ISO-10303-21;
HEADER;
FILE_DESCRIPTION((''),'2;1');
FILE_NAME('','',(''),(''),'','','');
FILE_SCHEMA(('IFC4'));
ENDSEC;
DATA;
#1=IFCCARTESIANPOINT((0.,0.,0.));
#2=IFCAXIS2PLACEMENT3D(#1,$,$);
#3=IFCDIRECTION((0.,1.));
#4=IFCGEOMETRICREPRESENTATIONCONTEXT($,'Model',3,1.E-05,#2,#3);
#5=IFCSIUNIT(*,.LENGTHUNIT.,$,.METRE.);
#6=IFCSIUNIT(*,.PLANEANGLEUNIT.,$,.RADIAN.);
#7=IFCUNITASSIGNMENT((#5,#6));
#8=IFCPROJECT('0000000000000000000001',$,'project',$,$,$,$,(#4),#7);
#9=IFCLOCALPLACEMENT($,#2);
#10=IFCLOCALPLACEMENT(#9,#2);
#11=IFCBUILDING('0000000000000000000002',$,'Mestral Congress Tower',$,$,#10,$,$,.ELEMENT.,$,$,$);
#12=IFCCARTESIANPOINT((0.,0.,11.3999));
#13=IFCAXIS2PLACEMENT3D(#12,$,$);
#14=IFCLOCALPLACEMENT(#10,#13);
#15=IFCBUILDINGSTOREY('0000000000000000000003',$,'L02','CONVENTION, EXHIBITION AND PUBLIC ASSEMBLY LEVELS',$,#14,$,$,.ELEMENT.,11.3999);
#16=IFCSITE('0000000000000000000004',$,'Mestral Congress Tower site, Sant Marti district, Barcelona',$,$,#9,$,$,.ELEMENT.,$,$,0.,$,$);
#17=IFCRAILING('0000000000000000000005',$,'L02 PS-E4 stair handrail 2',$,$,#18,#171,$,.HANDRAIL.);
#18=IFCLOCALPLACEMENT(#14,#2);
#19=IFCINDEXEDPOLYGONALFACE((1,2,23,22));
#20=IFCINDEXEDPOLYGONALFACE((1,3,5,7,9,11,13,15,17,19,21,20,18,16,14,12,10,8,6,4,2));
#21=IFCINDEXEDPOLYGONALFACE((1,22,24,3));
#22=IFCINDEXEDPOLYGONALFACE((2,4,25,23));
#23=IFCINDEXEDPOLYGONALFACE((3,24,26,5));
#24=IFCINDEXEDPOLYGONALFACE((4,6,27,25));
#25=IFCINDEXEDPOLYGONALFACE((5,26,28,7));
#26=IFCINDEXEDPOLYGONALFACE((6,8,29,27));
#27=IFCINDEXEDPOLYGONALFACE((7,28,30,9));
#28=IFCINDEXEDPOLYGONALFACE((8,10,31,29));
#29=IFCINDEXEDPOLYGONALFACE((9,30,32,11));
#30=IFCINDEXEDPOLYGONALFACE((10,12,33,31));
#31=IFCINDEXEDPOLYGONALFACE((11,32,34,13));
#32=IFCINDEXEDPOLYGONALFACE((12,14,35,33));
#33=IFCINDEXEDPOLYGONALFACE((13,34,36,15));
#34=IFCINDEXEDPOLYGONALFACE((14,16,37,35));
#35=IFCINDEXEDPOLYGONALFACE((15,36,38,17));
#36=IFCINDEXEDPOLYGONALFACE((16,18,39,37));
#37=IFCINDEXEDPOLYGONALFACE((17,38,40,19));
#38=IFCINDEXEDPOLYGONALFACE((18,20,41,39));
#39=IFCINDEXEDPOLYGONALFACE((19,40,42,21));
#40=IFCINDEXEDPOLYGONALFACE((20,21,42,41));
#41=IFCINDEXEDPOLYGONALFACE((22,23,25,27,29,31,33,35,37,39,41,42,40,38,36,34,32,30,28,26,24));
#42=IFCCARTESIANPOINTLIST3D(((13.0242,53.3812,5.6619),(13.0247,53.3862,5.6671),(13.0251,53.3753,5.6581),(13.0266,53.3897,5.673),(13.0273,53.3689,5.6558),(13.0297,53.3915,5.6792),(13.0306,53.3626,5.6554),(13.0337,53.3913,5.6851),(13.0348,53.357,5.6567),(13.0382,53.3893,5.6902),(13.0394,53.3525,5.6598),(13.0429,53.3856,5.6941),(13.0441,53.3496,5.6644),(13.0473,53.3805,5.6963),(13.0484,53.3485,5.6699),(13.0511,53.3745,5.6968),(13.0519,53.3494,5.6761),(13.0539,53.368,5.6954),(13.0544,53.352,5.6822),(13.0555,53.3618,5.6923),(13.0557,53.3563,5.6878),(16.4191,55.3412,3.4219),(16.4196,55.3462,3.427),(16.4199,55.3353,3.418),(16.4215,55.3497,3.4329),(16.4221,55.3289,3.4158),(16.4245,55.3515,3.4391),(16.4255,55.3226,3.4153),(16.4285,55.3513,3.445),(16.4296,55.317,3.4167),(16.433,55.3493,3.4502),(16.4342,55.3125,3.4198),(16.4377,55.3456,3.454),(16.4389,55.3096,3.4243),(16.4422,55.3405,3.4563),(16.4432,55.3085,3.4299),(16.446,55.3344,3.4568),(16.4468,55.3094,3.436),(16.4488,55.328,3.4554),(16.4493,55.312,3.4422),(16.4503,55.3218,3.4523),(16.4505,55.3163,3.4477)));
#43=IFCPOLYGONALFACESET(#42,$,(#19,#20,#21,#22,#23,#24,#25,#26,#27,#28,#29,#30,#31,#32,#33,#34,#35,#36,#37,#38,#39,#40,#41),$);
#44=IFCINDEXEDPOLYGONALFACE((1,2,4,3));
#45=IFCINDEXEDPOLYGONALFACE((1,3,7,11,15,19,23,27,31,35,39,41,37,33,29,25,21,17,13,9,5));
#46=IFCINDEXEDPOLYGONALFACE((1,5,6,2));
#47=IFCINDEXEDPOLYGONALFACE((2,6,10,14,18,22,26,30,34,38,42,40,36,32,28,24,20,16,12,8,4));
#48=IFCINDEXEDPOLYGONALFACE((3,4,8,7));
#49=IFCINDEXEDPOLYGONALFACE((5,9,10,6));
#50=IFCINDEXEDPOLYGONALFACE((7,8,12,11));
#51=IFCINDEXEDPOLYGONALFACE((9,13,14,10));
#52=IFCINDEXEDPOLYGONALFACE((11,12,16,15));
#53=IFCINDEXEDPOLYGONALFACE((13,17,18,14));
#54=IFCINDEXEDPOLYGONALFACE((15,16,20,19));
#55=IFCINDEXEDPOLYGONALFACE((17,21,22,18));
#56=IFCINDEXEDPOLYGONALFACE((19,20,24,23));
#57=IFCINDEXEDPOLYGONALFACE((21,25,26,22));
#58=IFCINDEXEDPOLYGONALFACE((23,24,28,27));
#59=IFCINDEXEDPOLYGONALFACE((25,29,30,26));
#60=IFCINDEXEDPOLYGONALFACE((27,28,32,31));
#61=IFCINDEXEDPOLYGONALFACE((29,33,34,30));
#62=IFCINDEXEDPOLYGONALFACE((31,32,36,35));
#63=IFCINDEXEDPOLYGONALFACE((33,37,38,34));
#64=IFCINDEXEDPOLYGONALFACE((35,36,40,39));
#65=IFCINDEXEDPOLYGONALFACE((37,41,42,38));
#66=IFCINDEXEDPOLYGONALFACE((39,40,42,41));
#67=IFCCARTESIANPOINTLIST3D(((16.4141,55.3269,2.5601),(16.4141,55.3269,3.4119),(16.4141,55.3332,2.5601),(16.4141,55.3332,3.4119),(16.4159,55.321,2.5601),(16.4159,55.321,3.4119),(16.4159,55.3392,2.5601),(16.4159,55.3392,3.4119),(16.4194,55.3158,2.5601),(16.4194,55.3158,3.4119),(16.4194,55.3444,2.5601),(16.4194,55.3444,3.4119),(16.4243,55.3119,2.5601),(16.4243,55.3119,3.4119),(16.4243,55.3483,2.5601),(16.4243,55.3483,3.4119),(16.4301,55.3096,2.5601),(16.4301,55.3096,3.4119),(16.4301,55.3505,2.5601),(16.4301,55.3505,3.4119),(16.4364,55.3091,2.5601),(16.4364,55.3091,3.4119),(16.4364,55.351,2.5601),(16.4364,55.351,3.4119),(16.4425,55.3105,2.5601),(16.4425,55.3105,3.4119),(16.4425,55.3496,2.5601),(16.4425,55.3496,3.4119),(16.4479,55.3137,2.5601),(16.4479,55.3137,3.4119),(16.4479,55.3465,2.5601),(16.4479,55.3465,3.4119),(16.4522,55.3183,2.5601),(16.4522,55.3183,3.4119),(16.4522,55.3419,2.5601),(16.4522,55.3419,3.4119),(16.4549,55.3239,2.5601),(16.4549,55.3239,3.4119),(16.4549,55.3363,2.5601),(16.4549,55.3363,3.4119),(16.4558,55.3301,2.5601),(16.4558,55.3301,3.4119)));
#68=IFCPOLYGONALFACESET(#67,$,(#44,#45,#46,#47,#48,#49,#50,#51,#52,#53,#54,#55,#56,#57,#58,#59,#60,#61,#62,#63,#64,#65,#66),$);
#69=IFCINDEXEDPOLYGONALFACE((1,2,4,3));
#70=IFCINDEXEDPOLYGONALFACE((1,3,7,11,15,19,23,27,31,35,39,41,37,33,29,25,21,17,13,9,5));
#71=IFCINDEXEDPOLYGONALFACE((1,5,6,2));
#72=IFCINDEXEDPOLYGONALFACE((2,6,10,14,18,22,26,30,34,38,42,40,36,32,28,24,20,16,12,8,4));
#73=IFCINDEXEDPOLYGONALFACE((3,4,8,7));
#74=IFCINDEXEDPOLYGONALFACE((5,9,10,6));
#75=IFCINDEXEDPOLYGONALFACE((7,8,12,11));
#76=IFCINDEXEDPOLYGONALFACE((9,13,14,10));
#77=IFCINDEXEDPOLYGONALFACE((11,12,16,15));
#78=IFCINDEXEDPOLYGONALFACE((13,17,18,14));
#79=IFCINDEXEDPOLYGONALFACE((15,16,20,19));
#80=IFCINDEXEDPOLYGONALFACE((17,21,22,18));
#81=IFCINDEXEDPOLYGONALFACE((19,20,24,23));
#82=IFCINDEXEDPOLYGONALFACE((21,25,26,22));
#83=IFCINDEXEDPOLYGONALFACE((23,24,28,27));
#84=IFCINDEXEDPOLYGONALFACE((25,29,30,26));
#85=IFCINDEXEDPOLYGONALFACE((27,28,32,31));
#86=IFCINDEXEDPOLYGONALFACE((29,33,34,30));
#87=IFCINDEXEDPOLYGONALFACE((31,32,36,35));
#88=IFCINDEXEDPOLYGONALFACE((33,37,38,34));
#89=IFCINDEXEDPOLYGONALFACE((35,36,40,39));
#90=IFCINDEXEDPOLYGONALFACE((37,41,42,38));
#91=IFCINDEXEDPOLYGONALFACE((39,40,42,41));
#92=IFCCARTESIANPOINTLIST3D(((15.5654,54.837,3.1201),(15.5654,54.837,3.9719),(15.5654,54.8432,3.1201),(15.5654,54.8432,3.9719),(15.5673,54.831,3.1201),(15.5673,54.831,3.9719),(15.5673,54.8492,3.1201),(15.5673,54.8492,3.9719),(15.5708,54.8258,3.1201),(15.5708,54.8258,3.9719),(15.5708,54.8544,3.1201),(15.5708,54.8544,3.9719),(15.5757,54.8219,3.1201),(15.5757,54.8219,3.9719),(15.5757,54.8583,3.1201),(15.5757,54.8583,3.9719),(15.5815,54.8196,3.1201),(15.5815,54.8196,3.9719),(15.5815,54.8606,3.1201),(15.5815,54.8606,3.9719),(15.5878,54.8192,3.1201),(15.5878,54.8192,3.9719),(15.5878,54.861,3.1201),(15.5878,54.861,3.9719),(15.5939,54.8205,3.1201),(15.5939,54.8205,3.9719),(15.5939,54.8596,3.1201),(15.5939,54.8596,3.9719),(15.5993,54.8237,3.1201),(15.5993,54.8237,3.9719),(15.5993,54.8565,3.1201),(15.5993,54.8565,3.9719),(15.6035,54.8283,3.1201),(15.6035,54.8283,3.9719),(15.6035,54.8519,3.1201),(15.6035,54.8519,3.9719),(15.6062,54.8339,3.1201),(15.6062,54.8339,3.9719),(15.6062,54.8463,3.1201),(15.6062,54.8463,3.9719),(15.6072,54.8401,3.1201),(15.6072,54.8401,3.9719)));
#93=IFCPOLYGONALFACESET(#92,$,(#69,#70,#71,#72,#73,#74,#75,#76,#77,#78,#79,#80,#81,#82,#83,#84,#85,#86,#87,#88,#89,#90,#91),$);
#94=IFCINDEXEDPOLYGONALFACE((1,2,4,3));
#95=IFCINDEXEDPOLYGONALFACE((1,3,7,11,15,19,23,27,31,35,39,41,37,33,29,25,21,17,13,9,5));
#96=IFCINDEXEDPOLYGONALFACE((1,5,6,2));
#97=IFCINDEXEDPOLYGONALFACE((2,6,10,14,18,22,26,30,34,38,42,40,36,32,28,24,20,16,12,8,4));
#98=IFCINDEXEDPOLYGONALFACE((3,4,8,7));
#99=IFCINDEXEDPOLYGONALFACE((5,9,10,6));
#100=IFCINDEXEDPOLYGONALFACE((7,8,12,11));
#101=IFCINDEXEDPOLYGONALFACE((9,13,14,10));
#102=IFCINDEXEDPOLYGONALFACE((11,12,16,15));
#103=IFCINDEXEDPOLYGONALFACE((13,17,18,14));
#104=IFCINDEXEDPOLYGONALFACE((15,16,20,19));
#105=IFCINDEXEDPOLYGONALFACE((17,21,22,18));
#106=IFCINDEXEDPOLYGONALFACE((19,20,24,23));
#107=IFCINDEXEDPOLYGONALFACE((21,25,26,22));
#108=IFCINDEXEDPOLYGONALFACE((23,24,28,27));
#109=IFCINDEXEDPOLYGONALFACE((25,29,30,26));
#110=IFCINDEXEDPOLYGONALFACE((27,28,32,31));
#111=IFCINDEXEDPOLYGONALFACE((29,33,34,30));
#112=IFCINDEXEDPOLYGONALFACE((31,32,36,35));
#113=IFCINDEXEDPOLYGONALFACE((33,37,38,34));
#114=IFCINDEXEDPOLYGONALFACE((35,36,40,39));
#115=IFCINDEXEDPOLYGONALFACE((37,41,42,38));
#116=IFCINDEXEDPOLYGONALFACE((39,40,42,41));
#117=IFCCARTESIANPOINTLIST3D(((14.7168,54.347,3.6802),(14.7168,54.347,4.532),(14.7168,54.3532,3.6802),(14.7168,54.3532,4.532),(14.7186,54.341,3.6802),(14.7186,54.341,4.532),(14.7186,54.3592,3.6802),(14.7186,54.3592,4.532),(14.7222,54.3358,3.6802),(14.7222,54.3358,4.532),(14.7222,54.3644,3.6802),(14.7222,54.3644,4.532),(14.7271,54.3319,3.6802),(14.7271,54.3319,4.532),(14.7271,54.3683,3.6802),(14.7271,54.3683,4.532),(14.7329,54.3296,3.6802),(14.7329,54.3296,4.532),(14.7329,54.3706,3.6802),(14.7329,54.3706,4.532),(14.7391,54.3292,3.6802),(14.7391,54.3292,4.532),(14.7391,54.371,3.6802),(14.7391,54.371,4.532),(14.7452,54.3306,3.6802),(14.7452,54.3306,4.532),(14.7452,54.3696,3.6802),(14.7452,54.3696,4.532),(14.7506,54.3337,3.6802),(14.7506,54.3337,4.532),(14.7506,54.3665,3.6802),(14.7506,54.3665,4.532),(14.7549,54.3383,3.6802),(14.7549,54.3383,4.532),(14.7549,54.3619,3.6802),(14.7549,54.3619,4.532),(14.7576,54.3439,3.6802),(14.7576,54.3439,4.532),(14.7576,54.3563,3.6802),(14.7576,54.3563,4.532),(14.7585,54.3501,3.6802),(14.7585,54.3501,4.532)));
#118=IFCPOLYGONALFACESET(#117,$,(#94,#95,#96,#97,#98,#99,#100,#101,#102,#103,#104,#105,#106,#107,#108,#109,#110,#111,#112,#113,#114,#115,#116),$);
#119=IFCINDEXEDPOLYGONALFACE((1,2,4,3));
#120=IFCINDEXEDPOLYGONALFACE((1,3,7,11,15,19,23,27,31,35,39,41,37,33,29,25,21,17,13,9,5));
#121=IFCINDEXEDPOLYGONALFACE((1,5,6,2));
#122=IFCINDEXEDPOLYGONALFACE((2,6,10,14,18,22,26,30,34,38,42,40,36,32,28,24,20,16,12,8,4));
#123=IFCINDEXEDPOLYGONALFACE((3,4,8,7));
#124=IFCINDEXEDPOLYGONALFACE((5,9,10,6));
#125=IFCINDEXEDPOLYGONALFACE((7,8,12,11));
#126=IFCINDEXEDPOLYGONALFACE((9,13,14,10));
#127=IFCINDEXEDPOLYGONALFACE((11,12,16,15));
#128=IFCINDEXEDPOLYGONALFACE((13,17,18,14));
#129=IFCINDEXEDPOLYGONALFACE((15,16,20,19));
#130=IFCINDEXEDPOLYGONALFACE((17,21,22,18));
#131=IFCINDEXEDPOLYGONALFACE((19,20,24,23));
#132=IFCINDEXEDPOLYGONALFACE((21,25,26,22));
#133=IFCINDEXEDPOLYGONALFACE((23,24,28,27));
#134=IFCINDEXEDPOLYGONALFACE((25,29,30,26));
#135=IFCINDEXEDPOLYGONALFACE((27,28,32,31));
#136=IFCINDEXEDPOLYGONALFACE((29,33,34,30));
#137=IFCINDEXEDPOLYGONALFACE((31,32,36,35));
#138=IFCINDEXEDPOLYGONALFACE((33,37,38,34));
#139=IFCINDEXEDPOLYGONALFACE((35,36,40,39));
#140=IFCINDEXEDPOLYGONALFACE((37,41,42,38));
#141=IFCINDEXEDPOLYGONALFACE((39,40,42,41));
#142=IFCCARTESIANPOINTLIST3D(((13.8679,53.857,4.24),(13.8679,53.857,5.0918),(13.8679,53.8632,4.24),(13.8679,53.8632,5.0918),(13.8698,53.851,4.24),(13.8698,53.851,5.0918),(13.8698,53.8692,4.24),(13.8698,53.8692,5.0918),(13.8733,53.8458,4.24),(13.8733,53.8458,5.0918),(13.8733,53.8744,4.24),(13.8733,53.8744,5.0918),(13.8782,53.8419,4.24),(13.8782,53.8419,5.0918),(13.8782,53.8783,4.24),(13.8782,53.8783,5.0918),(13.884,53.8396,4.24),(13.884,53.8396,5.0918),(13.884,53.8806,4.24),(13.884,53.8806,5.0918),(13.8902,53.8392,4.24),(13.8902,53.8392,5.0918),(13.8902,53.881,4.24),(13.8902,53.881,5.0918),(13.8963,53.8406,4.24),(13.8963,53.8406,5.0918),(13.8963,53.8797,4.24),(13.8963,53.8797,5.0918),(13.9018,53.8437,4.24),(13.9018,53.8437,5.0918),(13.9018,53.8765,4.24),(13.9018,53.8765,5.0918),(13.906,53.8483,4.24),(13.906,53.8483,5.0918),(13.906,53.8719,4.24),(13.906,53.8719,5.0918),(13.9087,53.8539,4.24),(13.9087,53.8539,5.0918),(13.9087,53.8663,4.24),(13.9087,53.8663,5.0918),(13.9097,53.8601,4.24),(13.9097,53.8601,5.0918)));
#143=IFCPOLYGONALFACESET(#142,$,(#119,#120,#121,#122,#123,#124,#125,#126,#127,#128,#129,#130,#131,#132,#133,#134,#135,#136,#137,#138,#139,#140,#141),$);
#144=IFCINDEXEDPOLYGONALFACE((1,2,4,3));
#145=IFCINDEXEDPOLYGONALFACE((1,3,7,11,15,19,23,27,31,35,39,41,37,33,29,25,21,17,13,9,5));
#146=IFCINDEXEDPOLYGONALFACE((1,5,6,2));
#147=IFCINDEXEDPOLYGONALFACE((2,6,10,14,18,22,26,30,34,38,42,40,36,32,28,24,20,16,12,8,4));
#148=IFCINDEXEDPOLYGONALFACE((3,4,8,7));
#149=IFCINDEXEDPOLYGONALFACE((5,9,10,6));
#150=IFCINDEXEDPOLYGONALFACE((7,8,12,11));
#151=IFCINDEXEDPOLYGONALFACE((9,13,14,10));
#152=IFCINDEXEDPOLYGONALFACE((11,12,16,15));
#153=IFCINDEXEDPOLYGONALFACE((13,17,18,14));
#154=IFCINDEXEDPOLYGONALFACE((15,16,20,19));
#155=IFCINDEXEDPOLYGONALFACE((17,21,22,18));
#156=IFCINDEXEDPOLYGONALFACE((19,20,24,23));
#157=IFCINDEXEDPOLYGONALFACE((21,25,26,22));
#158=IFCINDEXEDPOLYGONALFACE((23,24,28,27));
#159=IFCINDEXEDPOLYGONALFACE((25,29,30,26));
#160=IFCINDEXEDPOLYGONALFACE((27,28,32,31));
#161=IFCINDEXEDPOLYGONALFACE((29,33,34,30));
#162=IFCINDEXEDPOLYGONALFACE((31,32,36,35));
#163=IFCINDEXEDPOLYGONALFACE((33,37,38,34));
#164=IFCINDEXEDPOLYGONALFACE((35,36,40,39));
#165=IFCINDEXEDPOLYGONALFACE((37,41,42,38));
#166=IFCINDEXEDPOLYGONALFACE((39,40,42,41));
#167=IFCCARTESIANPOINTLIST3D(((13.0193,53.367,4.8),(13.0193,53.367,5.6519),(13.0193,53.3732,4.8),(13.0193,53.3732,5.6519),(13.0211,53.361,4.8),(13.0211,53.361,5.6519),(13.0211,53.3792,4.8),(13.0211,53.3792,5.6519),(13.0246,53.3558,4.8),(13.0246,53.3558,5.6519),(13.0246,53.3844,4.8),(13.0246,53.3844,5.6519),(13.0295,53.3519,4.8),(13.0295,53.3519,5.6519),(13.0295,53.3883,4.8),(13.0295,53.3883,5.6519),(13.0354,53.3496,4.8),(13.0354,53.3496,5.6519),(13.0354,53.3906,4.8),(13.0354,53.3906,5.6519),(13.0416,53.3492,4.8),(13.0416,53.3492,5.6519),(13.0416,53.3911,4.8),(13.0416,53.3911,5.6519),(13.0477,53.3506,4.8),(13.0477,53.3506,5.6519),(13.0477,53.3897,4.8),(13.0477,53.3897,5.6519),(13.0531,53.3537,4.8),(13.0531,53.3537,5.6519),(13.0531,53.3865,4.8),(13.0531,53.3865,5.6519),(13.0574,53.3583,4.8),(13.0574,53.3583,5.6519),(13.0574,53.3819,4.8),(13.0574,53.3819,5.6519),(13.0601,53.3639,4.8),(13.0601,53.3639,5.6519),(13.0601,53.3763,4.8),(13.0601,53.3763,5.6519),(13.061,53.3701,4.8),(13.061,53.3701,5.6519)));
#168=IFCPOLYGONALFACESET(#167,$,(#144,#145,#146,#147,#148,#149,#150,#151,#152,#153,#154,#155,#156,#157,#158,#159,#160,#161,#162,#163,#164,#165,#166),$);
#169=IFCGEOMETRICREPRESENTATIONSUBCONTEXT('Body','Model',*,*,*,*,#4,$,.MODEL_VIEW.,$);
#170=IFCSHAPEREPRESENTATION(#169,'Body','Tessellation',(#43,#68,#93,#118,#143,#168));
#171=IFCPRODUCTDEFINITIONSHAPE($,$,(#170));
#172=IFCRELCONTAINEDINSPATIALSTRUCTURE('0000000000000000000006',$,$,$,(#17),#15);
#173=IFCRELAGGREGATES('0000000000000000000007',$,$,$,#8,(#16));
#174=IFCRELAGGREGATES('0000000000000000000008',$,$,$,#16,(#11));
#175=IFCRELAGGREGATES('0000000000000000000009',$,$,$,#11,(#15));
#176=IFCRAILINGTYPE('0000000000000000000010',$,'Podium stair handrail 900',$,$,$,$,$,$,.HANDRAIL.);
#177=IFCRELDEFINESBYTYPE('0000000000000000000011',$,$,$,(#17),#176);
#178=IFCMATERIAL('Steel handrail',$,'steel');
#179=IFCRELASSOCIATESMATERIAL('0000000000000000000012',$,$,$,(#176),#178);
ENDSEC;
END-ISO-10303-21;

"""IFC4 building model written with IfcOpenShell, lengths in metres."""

from ifc_helpers import new_model, si_unit, direction, frame, origin, origin_2d, place, context, subcontext, project, spatial, circle, extrude, material, type_object, element, save


model = new_model("IFC4")

# Units and contexts
model_context = context("Model", 3, precision=1e-05, world=origin(), true_north=direction((0.0, 1.0)))
body_context = subcontext(model_context, "Body", "Model", "MODEL_VIEW")
ifc_project = project(units=[si_unit("LENGTHUNIT", "METRE"), si_unit("PLANEANGLEUNIT", "RADIAN")], contexts=[model_context])

# Site, building, storey
site_placement = place(None, origin())
site = spatial("IfcSite", under=ifc_project, at=site_placement, Name="Mestral Congress Tower site, Sant Marti district, Barcelona", CompositionType="ELEMENT", RefElevation=0.0)
building_placement = place(site_placement, origin())
building = spatial("IfcBuilding", under=site, at=building_placement, Name="Mestral Congress Tower", CompositionType="ELEMENT")
storey_placement = place(building_placement, frame((0.0, 0.0, 11.3999)))
storey = spatial("IfcBuildingStorey", under=building, at=storey_placement, Name="L02", Description="CONVENTION, EXHIBITION AND PUBLIC ASSEMBLY LEVELS", CompositionType="ELEMENT", Elevation=11.3999)

# Railing
ifc_material_1 = material(Name="Steel handrail", Category="steel")
railing_type_1 = type_object("IfcRailingType", Name="Podium stair handrail 900", PredefinedType="HANDRAIL", material=ifc_material_1)
railing_1_placement = place(storey_placement, frame((16.4348, 55.3301, 2.5601)))
element("IfcRailing", 1, at=railing_1_placement, inside=storey, type_object=railing_type_1, Name="L02 PS-E4 stair handrail 2", PredefinedType="HANDRAIL", context=body_context, shape_type="SweptSolid", body=[
    extrude(circle(Radius=0.0239, at=origin_2d()), frame((0.0, 0.0, 0.876), z_axis=(-0.75192, -0.434118, 0.496143), x_axis=(0.499997, -0.866027, 0.0)), (0.0, 0.0, 1.0), 4.5149),
    extrude(circle(Radius=0.021, at=origin_2d()), origin(), (0.0, 0.0, 1.0), 0.8518),
    extrude(circle(Radius=0.021, at=origin_2d()), frame((-0.8486, -0.49, 0.5601)), (0.0, 0.0, 1.0), 0.8518),
    extrude(circle(Radius=0.021, at=origin_2d()), frame((-1.6973, -0.98, 1.1201)), (0.0, 0.0, 1.0), 0.8518),
    extrude(circle(Radius=0.021, at=origin_2d()), frame((-2.5461, -1.47, 1.6799)), (0.0, 0.0, 1.0), 0.8518),
    extrude(circle(Radius=0.021, at=origin_2d()), frame((-3.3948, -1.96, 2.24)), (0.0, 0.0, 1.0), 0.8518),
])

save(model, "model.ifc")
